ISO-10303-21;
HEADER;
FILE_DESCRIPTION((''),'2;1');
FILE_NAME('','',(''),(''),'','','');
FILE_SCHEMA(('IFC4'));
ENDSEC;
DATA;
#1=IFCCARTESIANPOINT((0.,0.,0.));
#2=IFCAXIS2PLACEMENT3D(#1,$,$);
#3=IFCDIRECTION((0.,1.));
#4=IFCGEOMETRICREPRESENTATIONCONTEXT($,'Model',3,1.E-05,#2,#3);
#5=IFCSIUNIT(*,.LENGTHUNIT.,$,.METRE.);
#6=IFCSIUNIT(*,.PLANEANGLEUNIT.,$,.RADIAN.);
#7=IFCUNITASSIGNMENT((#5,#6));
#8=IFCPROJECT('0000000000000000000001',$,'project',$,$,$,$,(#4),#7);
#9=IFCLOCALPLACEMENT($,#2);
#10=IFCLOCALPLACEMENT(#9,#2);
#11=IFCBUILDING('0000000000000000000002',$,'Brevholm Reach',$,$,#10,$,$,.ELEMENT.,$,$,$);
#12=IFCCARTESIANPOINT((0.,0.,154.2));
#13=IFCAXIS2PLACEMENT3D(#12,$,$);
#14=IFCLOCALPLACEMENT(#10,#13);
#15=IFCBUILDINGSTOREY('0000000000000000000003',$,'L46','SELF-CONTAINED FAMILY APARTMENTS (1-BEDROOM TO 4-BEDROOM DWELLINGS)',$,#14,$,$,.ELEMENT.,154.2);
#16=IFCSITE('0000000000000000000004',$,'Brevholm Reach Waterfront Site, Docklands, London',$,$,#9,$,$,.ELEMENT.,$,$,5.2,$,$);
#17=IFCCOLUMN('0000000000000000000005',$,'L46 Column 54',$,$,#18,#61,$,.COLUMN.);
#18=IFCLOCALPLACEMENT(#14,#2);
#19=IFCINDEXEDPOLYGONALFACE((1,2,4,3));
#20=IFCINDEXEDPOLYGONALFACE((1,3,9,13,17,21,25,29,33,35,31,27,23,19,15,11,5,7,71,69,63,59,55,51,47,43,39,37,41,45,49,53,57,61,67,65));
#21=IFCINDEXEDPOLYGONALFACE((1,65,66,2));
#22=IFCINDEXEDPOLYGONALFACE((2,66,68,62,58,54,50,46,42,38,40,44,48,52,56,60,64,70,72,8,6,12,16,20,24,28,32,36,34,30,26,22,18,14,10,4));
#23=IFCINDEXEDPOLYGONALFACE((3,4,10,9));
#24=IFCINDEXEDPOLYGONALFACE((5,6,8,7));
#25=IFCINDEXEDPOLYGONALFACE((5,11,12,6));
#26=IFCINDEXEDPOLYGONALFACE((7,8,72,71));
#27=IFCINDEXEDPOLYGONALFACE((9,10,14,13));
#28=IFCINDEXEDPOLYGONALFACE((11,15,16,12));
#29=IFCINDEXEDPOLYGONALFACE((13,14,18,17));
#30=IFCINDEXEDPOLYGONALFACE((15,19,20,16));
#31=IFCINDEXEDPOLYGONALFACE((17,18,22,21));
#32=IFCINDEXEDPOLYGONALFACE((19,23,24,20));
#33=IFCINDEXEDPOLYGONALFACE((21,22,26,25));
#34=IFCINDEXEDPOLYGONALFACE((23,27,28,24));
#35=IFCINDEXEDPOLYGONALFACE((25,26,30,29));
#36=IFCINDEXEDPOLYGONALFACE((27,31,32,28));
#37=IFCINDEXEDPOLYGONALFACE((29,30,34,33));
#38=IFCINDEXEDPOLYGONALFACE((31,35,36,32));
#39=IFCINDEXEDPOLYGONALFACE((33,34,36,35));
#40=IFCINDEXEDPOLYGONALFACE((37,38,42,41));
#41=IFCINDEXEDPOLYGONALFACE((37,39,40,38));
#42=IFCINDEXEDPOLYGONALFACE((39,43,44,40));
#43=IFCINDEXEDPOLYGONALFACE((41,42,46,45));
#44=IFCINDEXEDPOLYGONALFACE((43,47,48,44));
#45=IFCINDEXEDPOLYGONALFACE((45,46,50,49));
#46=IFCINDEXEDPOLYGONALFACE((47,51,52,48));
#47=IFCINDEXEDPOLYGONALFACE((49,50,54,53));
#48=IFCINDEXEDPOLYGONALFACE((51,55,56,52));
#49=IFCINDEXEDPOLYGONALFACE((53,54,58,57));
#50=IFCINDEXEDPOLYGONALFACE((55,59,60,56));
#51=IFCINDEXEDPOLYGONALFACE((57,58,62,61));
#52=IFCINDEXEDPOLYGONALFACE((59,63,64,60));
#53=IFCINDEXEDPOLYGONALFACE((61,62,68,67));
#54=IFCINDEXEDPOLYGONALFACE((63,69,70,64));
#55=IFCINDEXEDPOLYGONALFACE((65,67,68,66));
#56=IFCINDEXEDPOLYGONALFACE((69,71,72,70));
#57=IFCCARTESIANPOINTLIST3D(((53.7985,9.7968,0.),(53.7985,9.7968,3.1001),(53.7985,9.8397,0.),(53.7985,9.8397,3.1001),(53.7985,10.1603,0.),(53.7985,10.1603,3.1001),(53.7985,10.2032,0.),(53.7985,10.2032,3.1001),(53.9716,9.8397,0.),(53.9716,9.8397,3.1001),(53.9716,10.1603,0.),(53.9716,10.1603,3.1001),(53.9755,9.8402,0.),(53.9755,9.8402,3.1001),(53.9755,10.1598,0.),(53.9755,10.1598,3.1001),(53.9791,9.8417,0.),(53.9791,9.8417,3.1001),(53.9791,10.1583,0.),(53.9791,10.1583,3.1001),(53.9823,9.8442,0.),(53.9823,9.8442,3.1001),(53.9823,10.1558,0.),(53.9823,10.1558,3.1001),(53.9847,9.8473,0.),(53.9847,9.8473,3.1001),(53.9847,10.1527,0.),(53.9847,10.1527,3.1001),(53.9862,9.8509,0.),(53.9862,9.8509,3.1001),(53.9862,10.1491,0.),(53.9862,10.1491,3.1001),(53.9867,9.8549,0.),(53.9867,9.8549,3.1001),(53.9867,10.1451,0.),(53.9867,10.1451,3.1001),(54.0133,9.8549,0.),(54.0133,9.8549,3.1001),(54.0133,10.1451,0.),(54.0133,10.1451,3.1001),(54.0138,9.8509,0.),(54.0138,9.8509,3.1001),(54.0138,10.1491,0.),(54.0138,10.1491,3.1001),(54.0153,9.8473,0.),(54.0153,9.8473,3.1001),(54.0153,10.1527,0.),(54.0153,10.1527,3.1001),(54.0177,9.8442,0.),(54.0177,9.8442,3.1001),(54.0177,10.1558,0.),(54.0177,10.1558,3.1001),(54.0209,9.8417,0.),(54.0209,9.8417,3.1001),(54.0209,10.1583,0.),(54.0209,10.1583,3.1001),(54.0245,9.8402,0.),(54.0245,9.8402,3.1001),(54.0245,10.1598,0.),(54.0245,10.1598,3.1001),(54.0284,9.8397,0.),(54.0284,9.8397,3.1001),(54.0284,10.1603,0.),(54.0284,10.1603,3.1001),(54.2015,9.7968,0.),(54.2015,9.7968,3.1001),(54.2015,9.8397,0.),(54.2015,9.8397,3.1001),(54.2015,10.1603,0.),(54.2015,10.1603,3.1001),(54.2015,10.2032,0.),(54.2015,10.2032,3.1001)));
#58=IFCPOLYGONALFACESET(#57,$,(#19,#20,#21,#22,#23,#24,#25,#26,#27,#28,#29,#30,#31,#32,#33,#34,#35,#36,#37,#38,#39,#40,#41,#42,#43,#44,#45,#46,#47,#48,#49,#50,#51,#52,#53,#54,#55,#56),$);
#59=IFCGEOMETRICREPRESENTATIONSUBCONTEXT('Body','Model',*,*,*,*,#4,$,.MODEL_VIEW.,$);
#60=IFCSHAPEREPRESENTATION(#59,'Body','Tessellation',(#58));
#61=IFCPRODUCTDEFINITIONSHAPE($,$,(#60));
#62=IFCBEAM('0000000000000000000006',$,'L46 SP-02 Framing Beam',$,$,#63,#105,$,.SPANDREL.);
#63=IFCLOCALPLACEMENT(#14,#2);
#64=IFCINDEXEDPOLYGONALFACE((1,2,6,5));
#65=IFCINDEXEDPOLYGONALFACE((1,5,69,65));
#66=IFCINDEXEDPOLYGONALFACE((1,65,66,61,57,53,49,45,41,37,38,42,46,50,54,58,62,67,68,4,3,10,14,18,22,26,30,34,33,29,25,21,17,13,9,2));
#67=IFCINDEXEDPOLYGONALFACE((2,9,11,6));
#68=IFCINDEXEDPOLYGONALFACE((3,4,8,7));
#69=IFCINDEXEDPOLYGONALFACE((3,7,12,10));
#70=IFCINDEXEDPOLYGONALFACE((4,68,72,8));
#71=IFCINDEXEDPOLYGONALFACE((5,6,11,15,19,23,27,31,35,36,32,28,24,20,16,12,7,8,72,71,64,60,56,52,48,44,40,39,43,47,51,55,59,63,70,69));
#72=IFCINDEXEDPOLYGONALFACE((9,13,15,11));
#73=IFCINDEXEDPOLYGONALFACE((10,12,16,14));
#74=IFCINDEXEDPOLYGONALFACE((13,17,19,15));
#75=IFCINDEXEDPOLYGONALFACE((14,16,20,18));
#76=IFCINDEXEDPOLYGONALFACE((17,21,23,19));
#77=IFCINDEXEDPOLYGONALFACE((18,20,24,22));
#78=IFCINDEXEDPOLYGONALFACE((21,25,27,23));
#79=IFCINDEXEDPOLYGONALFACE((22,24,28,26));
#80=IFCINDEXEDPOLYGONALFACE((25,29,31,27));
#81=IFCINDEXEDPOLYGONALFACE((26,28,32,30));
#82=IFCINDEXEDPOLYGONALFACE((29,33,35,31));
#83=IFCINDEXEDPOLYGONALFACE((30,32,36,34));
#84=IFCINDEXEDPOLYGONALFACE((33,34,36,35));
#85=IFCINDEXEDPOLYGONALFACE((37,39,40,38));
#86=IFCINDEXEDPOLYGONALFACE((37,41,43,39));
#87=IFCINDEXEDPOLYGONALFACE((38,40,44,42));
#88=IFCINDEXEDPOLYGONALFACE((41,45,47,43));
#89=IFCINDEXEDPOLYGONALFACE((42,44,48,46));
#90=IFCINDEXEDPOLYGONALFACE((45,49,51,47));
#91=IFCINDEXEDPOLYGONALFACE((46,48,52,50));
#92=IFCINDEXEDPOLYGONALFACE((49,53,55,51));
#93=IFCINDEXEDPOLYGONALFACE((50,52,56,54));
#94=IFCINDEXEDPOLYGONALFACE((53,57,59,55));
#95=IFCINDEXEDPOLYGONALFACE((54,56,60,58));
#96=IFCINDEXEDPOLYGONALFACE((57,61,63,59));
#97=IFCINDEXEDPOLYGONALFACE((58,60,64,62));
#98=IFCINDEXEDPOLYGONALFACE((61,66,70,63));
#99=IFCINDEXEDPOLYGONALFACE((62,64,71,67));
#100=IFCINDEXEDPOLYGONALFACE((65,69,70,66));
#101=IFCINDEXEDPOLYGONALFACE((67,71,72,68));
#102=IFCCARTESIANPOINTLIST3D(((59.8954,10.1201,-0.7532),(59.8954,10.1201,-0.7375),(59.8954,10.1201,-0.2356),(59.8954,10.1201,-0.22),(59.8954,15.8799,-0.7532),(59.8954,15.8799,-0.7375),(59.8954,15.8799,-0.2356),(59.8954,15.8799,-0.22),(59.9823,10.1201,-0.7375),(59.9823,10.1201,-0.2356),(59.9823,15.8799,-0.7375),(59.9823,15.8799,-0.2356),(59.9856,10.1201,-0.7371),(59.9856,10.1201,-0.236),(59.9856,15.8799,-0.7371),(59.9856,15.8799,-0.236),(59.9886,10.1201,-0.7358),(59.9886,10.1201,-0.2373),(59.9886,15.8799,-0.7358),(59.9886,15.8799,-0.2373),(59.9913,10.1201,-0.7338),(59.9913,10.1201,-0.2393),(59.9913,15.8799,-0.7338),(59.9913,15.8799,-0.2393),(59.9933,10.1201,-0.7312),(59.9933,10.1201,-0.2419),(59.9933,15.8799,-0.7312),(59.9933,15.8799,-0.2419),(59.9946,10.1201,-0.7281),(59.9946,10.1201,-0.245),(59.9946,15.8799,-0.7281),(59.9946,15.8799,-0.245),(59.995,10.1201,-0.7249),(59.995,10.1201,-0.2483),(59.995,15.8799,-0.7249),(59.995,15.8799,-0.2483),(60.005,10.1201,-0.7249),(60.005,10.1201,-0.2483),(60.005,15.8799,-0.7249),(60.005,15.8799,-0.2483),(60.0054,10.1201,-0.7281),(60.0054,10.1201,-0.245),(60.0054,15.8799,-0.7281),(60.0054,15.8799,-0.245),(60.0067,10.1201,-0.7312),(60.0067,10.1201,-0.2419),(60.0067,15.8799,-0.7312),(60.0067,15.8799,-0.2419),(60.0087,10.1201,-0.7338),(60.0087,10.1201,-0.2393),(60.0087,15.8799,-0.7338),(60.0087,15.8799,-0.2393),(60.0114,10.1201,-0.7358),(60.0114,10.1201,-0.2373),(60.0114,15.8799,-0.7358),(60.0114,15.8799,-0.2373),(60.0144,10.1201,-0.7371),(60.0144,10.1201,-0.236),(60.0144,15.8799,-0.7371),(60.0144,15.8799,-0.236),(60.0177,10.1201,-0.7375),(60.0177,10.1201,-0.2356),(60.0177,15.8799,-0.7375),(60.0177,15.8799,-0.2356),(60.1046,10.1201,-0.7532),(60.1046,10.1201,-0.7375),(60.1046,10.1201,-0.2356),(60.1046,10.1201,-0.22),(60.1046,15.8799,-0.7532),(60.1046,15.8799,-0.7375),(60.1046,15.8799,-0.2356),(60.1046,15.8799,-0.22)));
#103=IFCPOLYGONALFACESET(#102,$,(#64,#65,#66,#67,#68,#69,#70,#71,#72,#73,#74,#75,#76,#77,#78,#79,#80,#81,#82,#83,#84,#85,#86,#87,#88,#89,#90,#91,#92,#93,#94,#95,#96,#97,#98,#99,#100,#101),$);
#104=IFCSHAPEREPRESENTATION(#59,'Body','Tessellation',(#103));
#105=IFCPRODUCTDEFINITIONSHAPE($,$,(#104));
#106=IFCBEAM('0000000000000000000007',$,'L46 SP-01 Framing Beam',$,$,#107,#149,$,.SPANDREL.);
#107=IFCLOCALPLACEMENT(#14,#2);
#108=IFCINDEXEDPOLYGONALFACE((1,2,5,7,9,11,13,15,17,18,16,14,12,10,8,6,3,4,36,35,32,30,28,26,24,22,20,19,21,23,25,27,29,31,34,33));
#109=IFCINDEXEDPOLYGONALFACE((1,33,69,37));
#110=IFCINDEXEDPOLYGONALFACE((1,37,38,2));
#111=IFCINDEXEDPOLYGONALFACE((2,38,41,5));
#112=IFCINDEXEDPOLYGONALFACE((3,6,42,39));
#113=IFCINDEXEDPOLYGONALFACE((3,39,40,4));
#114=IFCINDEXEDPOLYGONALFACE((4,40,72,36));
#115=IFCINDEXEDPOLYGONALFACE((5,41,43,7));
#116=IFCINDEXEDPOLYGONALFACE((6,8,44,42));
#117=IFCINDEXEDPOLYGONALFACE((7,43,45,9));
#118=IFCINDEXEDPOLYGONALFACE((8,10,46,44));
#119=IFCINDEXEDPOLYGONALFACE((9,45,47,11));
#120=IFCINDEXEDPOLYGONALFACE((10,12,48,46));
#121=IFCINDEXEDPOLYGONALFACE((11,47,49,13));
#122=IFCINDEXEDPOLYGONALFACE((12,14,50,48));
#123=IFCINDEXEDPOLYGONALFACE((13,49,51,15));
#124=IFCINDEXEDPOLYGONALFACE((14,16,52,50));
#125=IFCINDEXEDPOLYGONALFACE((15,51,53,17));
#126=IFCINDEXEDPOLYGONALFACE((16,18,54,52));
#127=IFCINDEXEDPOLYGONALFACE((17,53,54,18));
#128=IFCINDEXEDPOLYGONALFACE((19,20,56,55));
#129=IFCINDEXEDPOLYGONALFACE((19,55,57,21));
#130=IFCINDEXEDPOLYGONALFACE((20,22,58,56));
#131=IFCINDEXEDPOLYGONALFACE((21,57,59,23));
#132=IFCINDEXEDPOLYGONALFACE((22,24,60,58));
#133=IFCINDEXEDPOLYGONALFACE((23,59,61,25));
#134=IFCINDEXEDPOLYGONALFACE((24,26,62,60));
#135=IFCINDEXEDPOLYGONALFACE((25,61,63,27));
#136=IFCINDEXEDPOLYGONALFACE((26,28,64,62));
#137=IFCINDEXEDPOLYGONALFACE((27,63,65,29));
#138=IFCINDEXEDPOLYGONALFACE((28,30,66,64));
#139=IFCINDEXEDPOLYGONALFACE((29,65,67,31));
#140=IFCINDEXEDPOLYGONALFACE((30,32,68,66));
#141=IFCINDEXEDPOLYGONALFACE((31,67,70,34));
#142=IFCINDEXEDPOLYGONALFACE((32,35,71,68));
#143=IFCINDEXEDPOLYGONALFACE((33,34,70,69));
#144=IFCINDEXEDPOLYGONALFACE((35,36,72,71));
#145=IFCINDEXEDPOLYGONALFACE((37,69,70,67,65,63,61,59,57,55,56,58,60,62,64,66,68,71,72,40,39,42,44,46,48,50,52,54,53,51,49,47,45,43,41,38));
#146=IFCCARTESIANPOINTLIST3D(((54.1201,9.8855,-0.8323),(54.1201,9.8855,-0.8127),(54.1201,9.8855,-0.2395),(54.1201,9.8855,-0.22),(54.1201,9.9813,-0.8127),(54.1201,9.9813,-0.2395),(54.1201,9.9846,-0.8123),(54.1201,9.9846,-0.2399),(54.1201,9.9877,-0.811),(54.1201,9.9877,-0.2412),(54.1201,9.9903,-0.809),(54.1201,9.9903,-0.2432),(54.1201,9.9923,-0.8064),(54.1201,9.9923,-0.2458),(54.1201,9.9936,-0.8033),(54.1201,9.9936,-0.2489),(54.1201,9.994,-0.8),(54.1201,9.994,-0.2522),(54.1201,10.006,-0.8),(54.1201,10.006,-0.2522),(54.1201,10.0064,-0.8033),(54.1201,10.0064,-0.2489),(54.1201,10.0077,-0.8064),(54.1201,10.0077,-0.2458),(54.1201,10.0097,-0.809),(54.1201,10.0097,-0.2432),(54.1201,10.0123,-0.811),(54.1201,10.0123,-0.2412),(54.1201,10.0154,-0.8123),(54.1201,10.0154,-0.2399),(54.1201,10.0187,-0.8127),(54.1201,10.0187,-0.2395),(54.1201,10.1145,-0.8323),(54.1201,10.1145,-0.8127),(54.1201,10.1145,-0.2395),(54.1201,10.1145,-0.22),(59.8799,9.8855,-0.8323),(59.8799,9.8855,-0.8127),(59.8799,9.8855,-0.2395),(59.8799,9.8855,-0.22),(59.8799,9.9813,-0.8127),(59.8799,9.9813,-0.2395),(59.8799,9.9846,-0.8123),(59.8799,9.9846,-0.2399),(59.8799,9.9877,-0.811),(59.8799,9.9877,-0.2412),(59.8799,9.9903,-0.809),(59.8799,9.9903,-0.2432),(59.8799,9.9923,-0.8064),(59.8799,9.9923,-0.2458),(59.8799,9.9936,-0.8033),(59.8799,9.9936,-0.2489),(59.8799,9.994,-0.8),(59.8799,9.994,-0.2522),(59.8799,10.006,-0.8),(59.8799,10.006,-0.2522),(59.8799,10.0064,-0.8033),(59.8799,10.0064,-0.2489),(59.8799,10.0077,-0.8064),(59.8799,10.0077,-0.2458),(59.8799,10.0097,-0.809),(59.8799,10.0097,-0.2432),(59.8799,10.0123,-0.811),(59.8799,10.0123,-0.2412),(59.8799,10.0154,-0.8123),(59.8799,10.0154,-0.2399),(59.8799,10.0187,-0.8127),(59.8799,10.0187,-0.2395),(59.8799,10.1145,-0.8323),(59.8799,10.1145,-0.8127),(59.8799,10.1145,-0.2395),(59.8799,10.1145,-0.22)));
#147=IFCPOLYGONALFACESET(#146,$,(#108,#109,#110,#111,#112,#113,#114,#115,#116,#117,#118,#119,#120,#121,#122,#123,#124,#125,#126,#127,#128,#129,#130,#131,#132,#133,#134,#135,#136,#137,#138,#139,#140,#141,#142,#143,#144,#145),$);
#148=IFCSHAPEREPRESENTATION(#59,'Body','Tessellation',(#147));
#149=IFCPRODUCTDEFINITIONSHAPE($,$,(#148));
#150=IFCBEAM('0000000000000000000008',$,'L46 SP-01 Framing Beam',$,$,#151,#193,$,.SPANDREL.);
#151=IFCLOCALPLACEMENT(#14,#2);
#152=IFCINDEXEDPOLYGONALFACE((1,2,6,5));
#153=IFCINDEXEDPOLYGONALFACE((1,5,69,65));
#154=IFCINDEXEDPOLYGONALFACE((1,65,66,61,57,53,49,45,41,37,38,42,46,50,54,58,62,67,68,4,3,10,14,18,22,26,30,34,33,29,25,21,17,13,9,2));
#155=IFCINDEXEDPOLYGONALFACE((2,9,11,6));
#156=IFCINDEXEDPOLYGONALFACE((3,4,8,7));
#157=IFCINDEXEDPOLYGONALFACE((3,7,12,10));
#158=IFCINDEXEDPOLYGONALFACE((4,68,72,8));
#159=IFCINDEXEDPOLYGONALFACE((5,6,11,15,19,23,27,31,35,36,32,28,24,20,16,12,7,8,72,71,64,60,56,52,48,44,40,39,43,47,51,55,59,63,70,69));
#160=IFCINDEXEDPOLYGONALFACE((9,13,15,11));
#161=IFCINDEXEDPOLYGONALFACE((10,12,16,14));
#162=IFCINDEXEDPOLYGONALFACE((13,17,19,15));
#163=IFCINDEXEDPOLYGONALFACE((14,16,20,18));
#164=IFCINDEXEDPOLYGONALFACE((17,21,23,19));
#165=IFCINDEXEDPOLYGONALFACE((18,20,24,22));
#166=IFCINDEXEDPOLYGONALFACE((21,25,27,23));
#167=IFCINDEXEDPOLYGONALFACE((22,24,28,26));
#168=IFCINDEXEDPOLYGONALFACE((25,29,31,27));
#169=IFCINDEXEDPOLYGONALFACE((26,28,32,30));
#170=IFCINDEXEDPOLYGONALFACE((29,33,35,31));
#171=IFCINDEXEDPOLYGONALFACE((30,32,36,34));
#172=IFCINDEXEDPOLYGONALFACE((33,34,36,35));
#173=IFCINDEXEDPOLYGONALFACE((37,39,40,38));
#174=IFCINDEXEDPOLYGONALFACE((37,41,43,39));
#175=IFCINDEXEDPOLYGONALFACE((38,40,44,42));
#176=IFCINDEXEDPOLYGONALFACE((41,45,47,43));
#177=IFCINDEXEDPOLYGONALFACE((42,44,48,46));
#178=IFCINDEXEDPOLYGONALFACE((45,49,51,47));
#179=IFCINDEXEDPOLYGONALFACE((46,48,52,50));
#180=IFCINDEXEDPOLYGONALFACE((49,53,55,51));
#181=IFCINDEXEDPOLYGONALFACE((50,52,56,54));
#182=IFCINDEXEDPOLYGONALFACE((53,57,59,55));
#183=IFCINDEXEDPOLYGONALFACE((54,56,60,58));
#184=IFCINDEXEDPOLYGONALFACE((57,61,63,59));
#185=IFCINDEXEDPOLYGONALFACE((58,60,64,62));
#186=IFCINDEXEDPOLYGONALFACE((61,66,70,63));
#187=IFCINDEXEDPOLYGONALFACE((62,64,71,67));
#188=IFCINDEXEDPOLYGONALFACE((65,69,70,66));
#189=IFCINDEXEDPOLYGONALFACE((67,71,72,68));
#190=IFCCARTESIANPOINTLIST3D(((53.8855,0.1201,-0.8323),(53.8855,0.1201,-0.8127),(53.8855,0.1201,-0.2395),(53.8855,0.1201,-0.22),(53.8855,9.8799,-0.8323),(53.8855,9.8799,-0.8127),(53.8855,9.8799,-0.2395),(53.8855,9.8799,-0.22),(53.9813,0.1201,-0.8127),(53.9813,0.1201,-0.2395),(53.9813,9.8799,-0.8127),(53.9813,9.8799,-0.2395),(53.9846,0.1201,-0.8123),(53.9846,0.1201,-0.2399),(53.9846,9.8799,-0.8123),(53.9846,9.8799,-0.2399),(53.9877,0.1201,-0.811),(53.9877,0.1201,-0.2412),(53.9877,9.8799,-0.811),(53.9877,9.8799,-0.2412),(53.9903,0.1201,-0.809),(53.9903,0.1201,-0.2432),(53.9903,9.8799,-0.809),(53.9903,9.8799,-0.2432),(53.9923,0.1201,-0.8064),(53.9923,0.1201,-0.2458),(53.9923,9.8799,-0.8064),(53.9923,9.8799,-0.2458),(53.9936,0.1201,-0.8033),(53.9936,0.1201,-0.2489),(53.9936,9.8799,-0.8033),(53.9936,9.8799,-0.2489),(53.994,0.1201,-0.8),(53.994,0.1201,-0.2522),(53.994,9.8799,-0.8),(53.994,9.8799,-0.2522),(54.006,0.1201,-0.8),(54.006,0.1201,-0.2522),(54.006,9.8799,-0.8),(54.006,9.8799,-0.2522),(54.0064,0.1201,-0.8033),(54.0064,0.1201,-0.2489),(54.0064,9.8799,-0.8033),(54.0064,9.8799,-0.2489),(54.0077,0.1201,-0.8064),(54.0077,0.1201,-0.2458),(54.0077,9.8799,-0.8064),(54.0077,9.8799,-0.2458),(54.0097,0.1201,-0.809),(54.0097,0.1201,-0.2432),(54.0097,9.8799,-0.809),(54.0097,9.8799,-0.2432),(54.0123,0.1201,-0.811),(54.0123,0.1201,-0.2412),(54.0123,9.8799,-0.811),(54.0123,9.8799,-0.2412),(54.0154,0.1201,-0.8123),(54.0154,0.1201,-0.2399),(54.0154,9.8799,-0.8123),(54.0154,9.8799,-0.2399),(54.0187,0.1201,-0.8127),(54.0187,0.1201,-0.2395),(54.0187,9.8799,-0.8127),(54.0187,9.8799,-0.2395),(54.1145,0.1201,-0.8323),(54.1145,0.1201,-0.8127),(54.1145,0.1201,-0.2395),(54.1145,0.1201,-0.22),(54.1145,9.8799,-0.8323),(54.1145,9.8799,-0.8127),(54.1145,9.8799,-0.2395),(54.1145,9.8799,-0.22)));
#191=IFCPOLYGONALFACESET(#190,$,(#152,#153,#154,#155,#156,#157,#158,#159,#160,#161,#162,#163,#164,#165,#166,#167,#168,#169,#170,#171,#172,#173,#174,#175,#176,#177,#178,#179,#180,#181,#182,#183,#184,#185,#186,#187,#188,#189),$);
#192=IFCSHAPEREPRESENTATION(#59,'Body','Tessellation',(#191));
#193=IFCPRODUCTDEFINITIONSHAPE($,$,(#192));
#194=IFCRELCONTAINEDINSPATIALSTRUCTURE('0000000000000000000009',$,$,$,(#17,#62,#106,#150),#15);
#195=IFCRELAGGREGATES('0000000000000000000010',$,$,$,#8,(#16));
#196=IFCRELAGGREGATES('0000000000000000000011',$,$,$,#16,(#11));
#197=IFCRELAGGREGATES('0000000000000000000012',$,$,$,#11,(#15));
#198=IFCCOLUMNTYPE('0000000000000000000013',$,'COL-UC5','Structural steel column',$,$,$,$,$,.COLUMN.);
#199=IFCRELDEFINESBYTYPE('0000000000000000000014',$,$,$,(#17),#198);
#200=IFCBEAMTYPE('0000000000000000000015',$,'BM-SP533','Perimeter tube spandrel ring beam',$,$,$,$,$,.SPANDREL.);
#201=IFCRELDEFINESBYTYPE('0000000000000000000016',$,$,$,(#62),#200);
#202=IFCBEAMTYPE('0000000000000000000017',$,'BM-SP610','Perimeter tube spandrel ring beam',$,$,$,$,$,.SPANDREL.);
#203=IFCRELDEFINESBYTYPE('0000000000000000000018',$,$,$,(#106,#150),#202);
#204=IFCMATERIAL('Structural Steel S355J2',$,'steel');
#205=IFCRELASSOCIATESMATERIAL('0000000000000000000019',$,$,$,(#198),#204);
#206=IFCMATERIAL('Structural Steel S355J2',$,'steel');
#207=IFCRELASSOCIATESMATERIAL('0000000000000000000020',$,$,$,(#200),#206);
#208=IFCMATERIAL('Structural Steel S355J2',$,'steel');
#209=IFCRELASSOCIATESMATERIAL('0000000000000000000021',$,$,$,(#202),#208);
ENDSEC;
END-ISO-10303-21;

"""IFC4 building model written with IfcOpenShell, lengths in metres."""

from ifc_helpers import new_model, si_unit, direction, frame, origin, origin_2d, place, context, subcontext, project, spatial, i_section, extrude, material, material_profile, profile_set, type_object, element, save


model = new_model("IFC4")

# Units and contexts
model_context = context("Model", 3, precision=1e-05, world=origin(), true_north=direction((0.0, 1.0)))
body_context = subcontext(model_context, "Body", "Model", "MODEL_VIEW")
ifc_project = project(units=[si_unit("LENGTHUNIT", "METRE"), si_unit("PLANEANGLEUNIT", "RADIAN")], contexts=[model_context])

# Site, building, storey
site_placement = place(None, origin())
site = spatial("IfcSite", under=ifc_project, at=site_placement, Name="Brevholm Reach Waterfront Site, Docklands, London", CompositionType="ELEMENT", RefElevation=5.2)
building_placement = place(site_placement, origin())
building = spatial("IfcBuilding", under=site, at=building_placement, Name="Brevholm Reach", CompositionType="ELEMENT")
storey_placement = place(building_placement, frame((0.0, 0.0, 154.2)))
storey = spatial("IfcBuildingStorey", under=building, at=storey_placement, Name="L46", Description="SELF-CONTAINED FAMILY APARTMENTS (1-BEDROOM TO 4-BEDROOM DWELLINGS)", CompositionType="ELEMENT", Elevation=154.2)

# Column
ifc_material_1 = material(Name="Structural Steel S355J2", Category="steel")
ifc_material_profile_1 = material_profile(ifc_material_1, i_section(OverallWidth=0.4031, OverallDepth=0.4065, WebThickness=0.0266, FlangeThickness=0.043, FilletRadius=0.0151, at=origin_2d()), Name="UKC 356x406x340")
ifc_profile_set_1 = profile_set([ifc_material_profile_1], Name="Structural Steel S355J2")
column_type_1 = type_object("IfcColumnType", Name="COL-UC5", Description="Structural steel column", PredefinedType="COLUMN", material=ifc_profile_set_1)
column_1_placement = place(storey_placement, frame((54.0, 10.0, 0.0), z_axis=(0.0, 0.0, 1.0), x_axis=(1.0, 0.0, 0.0)))
element("IfcColumn", 1, at=column_1_placement, inside=storey, type_object=column_type_1, Name="L46 Column 54", PredefinedType="COLUMN", context=body_context, shape_type="SweptSolid", body=[
    extrude(i_section(OverallWidth=0.4031, OverallDepth=0.4065, WebThickness=0.0266, FlangeThickness=0.043, FilletRadius=0.0151, at=origin_2d()), origin(), (0.0, 0.0, 1.0), 3.1001),
])

# Beams
ifc_material_2 = material(Name="Structural Steel S355J2", Category="steel")
ifc_material_profile_2 = material_profile(ifc_material_2, i_section(OverallWidth=0.2092, OverallDepth=0.5332, WebThickness=0.01, FlangeThickness=0.0156, FilletRadius=0.0127, at=origin_2d()), Name="UKB 533x210x92")
ifc_profile_set_2 = profile_set([ifc_material_profile_2], Name="Structural Steel S355J2")
beam_type_1 = type_object("IfcBeamType", Name="BM-SP533", Description="Perimeter tube spandrel ring beam", PredefinedType="SPANDREL", material=ifc_profile_set_2)
beam_1_placement = place(storey_placement, frame((60.0, 10.1201, -0.4866), z_axis=(0.0, 1.0, 0.0), x_axis=(-1.0, 0.0, 0.0)))
element("IfcBeam", 2, at=beam_1_placement, inside=storey, type_object=beam_type_1, Name="L46 SP-02 Framing Beam", PredefinedType="SPANDREL", context=body_context, shape_type="SweptSolid", body=[
    extrude(i_section(OverallWidth=0.2092, OverallDepth=0.5332, WebThickness=0.01, FlangeThickness=0.0156, FilletRadius=0.0127, at=origin_2d()), origin(), (0.0, 0.0, 1.0), 5.7598),
])
ifc_material_3 = material(Name="Structural Steel S355J2", Category="steel")
ifc_material_profile_3 = material_profile(ifc_material_3, i_section(OverallWidth=0.229, OverallDepth=0.6123, WebThickness=0.012, FlangeThickness=0.0195, FilletRadius=0.0127, at=origin_2d()), Name="UKB 610x229x125")
ifc_profile_set_3 = profile_set([ifc_material_profile_3], Name="Structural Steel S355J2")
beam_type_2 = type_object("IfcBeamType", Name="BM-SP610", Description="Perimeter tube spandrel ring beam", PredefinedType="SPANDREL", material=ifc_profile_set_3)
beam_2_placement = place(storey_placement, frame((54.1201, 10.0, -0.5261), z_axis=(1.0, 0.0, 0.0), x_axis=(0.0, 1.0, 0.0)))
element("IfcBeam", 3, at=beam_2_placement, inside=storey, type_object=beam_type_2, Name="L46 SP-01 Framing Beam", PredefinedType="SPANDREL", context=body_context, shape_type="SweptSolid", body=[
    extrude(i_section(OverallWidth=0.229, OverallDepth=0.6123, WebThickness=0.012, FlangeThickness=0.0195, FilletRadius=0.0127, at=origin_2d()), origin(), (0.0, 0.0, 1.0), 5.7598),
])
beam_3_placement = place(storey_placement, frame((54.0, 0.1201, -0.5261), z_axis=(0.0, 1.0, 0.0), x_axis=(-1.0, 0.0, 0.0)))
element("IfcBeam", 4, at=beam_3_placement, inside=storey, type_object=beam_type_2, Name="L46 SP-01 Framing Beam", PredefinedType="SPANDREL", context=body_context, shape_type="SweptSolid", body=[
    extrude(i_section(OverallWidth=0.229, OverallDepth=0.6123, WebThickness=0.012, FlangeThickness=0.0195, FilletRadius=0.0127, at=origin_2d()), origin(), (0.0, 0.0, 1.0), 9.7598),
])

save(model, "model.ifc")
